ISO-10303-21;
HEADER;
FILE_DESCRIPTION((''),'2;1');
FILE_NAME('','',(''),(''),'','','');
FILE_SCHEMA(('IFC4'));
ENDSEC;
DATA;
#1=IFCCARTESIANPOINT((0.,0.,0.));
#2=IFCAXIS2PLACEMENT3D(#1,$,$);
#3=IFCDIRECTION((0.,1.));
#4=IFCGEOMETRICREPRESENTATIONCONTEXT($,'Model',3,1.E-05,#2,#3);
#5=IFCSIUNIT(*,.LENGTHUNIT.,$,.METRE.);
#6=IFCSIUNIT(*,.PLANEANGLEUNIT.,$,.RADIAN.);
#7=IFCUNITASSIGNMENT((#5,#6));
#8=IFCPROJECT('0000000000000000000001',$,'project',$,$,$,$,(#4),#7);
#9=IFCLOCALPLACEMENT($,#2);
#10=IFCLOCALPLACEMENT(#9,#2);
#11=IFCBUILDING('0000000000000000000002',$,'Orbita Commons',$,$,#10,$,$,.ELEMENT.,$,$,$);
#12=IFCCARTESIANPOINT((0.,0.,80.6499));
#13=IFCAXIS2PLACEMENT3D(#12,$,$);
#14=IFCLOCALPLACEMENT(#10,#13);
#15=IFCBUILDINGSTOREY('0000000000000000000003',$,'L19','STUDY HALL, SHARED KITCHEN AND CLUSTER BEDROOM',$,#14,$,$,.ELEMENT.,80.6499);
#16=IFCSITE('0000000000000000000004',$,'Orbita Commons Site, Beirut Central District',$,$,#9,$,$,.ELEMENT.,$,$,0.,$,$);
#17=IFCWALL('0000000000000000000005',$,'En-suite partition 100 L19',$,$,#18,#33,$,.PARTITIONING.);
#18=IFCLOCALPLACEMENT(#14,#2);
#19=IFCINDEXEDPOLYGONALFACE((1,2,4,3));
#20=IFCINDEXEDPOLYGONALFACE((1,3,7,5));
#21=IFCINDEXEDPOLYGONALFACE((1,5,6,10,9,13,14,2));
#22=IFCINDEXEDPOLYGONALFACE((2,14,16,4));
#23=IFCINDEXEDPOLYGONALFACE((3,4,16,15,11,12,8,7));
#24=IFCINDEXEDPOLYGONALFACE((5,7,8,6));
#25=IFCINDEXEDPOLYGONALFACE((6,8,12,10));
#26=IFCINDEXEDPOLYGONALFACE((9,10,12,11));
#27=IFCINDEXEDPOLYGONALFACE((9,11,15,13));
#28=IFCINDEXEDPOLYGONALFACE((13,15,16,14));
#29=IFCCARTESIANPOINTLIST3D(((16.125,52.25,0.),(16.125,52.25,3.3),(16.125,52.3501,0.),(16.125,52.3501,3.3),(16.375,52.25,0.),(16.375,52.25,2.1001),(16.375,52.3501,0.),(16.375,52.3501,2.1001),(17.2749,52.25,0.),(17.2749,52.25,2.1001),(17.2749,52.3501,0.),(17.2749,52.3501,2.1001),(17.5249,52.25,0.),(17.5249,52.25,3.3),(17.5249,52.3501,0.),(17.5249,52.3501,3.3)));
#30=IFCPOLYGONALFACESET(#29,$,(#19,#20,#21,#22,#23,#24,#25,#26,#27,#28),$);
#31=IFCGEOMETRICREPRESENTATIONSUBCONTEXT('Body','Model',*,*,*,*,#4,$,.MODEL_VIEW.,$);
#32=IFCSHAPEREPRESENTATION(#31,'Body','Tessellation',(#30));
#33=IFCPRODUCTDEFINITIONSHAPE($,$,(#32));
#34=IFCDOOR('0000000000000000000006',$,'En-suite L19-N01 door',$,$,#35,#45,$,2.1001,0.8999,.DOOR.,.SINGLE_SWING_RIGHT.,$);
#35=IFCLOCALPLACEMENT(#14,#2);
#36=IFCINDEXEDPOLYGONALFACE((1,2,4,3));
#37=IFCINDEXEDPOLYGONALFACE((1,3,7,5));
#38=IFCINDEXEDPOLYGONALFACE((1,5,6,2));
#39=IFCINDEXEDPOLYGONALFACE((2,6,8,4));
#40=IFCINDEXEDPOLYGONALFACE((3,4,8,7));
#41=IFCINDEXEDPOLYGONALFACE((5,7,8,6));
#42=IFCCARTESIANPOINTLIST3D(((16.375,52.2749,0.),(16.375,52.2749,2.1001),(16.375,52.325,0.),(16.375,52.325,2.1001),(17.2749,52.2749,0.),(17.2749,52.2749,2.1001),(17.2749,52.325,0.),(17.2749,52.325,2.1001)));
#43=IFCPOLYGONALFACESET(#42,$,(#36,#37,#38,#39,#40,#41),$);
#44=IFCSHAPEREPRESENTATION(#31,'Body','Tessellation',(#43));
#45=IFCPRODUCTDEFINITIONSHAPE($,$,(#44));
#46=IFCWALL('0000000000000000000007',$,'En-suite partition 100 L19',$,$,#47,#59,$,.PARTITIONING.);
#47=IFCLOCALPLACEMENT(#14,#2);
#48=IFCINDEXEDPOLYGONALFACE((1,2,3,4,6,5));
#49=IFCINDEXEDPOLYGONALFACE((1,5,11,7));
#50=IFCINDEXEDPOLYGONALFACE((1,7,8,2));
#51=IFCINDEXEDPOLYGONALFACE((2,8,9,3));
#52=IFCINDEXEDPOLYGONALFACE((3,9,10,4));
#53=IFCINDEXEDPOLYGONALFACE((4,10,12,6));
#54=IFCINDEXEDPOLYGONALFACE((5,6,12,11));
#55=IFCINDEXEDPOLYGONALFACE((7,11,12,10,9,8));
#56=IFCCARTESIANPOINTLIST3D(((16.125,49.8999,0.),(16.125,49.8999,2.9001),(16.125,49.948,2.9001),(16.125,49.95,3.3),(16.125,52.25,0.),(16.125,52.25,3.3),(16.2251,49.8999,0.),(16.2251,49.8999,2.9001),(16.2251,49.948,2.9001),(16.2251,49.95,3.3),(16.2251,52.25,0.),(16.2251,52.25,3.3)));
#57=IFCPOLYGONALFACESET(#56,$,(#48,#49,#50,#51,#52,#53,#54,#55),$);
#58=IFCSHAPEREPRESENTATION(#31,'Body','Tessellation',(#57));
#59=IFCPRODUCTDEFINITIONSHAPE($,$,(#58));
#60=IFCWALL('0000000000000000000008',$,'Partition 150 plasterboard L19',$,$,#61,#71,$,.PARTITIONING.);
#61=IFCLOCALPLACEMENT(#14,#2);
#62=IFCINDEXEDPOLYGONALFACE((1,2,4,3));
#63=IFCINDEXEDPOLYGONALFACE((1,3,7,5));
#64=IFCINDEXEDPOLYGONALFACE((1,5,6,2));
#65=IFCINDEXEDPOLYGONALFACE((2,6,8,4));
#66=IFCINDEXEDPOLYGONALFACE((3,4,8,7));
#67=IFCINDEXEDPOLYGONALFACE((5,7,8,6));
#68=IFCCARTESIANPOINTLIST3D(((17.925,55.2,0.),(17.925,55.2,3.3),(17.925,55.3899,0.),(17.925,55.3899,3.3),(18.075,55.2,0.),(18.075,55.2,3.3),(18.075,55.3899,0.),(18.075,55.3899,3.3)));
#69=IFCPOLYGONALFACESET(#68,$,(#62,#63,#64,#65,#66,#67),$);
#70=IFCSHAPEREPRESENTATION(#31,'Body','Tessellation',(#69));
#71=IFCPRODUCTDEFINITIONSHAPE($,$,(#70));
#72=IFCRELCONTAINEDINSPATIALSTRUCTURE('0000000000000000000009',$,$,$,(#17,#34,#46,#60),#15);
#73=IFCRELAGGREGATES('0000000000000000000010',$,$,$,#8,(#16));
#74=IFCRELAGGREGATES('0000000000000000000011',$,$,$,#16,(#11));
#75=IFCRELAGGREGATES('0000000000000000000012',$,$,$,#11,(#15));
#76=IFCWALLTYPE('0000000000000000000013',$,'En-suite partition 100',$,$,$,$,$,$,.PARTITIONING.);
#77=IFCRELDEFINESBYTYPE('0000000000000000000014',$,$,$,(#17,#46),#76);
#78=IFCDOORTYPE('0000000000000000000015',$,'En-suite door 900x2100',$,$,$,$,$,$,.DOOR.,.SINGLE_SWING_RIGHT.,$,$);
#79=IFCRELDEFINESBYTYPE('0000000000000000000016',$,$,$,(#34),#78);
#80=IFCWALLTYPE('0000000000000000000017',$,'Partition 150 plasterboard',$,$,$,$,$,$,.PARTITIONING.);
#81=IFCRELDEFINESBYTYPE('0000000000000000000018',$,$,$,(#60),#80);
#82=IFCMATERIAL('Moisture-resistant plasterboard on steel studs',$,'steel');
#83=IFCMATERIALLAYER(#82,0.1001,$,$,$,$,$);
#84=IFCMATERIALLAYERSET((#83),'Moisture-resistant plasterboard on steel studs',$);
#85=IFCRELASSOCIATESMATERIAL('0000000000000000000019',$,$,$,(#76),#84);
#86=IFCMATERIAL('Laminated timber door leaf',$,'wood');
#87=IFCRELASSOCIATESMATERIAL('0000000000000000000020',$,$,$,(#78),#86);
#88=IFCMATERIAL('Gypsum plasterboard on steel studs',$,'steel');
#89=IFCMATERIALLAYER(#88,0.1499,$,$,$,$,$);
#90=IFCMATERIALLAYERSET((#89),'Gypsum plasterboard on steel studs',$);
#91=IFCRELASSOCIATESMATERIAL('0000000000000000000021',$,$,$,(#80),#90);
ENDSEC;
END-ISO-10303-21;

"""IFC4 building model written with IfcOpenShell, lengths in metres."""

from ifc_helpers import new_model, si_unit, direction, frame, frame_2d, origin, place, context, subcontext, project, spatial, polyline, rectangle, outline, extrude, material, layer, layer_set, type_object, element, fill, save


model = new_model("IFC4")

# Units and contexts
model_context = context("Model", 3, precision=1e-05, world=origin(), true_north=direction((0.0, 1.0)))
body_context = subcontext(model_context, "Body", "Model", "MODEL_VIEW")
ifc_project = project(units=[si_unit("LENGTHUNIT", "METRE"), si_unit("PLANEANGLEUNIT", "RADIAN")], contexts=[model_context])

# Site, building, storey
site_placement = place(None, origin())
site = spatial("IfcSite", under=ifc_project, at=site_placement, Name="Orbita Commons Site, Beirut Central District", CompositionType="ELEMENT", RefElevation=0.0)
building_placement = place(site_placement, origin())
building = spatial("IfcBuilding", under=site, at=building_placement, Name="Orbita Commons", CompositionType="ELEMENT")
storey_placement = place(building_placement, frame((0.0, 0.0, 80.6499)))
storey = spatial("IfcBuildingStorey", under=building, at=storey_placement, Name="L19", Description="STUDY HALL, SHARED KITCHEN AND CLUSTER BEDROOM", CompositionType="ELEMENT", Elevation=80.6499)

# Wall, opening, door
ifc_material_1 = material(Name="Moisture-resistant plasterboard on steel studs", Category="steel")
ifc_layer_1 = layer(ifc_material_1, 0.1001)
ifc_layer_set_1 = layer_set([ifc_layer_1], Name="Moisture-resistant plasterboard on steel studs")
wall_type_1 = type_object("IfcWallType", Name="En-suite partition 100", PredefinedType="PARTITIONING", material=ifc_layer_set_1)
wall_1_placement = place(storey_placement, frame((16.125, 52.3, 0.0), z_axis=(0.0, 0.0, 1.0), x_axis=(1.0, 0.0, 0.0)))
wall_1 = element("IfcWall", 1, at=wall_1_placement, inside=storey, type_object=wall_type_1, Name="En-suite partition 100 L19", PredefinedType="PARTITIONING", context=body_context, shape_type="SweptSolid", body=[
    extrude(rectangle(XDim=1.3999, YDim=0.1001, at=frame_2d((0.7, 0.0))), origin(), (0.0, 0.0, 1.0), 3.3),
])
opening_placement = place(wall_1_placement, frame((0.25, 0.0, 0.0)))
opening = element("IfcOpeningElement", 2, at=opening_placement, cuts=wall_1, PredefinedType="OPENING", context=body_context, shape_type="SweptSolid", body=[
    extrude(rectangle(XDim=0.8999, YDim=2.1001, at=frame_2d((0.45, 1.05))), frame((0.0, 0.0601, 0.0), z_axis=(0.0, -1.0, 0.0), x_axis=(1.0, 0.0, 0.0)), (0.0, 0.0, 1.0), 0.1201),
])
ifc_material_2 = material(Name="Laminated timber door leaf", Category="wood")
door_type = type_object("IfcDoorType", Name="En-suite door 900x2100", OperationType="SINGLE_SWING_RIGHT", PredefinedType="DOOR", material=ifc_material_2)
door_placement = place(opening_placement, origin())
door = element("IfcDoor", 3, at=door_placement, inside=storey, type_object=door_type, Name="En-suite L19-N01 door", OperationType="SINGLE_SWING_RIGHT", OverallHeight=2.1001, OverallWidth=0.8999, PredefinedType="DOOR", context=body_context, shape_type="SweptSolid", body=[
    extrude(rectangle(XDim=0.8999, YDim=2.1001, at=frame_2d((0.45, 1.05))), frame((0.0, 0.0249, 0.0), z_axis=(0.0, -1.0, 0.0), x_axis=(1.0, 0.0, 0.0)), (0.0, 0.0, 1.0), 0.05),
])
fill(opening, door)

# Walls
wall_2_placement = place(storey_placement, frame((16.175, 52.25, 0.0), z_axis=(0.0, 0.0, 1.0), x_axis=(0.0, -1.0, 0.0)))
element("IfcWall", 4, at=wall_2_placement, inside=storey, type_object=wall_type_1, Name="En-suite partition 100 L19", PredefinedType="PARTITIONING", context=body_context, shape_type="SweptSolid", body=[
    extrude(outline(polyline([(0.0, 0.0), (2.3501, 0.0), (2.3501, 2.9001), (2.302, 2.9001), (2.3, 3.3), (0.0, 3.3), (0.0, 0.0)])), frame((0.0, 0.05, 0.0), z_axis=(0.0, -1.0, 0.0), x_axis=(1.0, 0.0, 0.0)), (0.0, 0.0, 1.0), 0.1001),
])
ifc_material_3 = material(Name="Gypsum plasterboard on steel studs", Category="steel")
ifc_layer_2 = layer(ifc_material_3, 0.1499)
ifc_layer_set_2 = layer_set([ifc_layer_2], Name="Gypsum plasterboard on steel studs")
wall_type_2 = type_object("IfcWallType", Name="Partition 150 plasterboard", PredefinedType="PARTITIONING", material=ifc_layer_set_2)
wall_3_placement = place(storey_placement, frame((18.0, 55.2, 0.0), z_axis=(0.0, 0.0, 1.0), x_axis=(0.0, 1.0, 0.0)))
element("IfcWall", 5, at=wall_3_placement, inside=storey, type_object=wall_type_2, Name="Partition 150 plasterboard L19", PredefinedType="PARTITIONING", context=body_context, shape_type="SweptSolid", body=[
    extrude(rectangle(XDim=0.1899, YDim=0.1499, at=frame_2d((0.095, 0.0))), origin(), (0.0, 0.0, 1.0), 3.3),
])

save(model, "model.ifc")
